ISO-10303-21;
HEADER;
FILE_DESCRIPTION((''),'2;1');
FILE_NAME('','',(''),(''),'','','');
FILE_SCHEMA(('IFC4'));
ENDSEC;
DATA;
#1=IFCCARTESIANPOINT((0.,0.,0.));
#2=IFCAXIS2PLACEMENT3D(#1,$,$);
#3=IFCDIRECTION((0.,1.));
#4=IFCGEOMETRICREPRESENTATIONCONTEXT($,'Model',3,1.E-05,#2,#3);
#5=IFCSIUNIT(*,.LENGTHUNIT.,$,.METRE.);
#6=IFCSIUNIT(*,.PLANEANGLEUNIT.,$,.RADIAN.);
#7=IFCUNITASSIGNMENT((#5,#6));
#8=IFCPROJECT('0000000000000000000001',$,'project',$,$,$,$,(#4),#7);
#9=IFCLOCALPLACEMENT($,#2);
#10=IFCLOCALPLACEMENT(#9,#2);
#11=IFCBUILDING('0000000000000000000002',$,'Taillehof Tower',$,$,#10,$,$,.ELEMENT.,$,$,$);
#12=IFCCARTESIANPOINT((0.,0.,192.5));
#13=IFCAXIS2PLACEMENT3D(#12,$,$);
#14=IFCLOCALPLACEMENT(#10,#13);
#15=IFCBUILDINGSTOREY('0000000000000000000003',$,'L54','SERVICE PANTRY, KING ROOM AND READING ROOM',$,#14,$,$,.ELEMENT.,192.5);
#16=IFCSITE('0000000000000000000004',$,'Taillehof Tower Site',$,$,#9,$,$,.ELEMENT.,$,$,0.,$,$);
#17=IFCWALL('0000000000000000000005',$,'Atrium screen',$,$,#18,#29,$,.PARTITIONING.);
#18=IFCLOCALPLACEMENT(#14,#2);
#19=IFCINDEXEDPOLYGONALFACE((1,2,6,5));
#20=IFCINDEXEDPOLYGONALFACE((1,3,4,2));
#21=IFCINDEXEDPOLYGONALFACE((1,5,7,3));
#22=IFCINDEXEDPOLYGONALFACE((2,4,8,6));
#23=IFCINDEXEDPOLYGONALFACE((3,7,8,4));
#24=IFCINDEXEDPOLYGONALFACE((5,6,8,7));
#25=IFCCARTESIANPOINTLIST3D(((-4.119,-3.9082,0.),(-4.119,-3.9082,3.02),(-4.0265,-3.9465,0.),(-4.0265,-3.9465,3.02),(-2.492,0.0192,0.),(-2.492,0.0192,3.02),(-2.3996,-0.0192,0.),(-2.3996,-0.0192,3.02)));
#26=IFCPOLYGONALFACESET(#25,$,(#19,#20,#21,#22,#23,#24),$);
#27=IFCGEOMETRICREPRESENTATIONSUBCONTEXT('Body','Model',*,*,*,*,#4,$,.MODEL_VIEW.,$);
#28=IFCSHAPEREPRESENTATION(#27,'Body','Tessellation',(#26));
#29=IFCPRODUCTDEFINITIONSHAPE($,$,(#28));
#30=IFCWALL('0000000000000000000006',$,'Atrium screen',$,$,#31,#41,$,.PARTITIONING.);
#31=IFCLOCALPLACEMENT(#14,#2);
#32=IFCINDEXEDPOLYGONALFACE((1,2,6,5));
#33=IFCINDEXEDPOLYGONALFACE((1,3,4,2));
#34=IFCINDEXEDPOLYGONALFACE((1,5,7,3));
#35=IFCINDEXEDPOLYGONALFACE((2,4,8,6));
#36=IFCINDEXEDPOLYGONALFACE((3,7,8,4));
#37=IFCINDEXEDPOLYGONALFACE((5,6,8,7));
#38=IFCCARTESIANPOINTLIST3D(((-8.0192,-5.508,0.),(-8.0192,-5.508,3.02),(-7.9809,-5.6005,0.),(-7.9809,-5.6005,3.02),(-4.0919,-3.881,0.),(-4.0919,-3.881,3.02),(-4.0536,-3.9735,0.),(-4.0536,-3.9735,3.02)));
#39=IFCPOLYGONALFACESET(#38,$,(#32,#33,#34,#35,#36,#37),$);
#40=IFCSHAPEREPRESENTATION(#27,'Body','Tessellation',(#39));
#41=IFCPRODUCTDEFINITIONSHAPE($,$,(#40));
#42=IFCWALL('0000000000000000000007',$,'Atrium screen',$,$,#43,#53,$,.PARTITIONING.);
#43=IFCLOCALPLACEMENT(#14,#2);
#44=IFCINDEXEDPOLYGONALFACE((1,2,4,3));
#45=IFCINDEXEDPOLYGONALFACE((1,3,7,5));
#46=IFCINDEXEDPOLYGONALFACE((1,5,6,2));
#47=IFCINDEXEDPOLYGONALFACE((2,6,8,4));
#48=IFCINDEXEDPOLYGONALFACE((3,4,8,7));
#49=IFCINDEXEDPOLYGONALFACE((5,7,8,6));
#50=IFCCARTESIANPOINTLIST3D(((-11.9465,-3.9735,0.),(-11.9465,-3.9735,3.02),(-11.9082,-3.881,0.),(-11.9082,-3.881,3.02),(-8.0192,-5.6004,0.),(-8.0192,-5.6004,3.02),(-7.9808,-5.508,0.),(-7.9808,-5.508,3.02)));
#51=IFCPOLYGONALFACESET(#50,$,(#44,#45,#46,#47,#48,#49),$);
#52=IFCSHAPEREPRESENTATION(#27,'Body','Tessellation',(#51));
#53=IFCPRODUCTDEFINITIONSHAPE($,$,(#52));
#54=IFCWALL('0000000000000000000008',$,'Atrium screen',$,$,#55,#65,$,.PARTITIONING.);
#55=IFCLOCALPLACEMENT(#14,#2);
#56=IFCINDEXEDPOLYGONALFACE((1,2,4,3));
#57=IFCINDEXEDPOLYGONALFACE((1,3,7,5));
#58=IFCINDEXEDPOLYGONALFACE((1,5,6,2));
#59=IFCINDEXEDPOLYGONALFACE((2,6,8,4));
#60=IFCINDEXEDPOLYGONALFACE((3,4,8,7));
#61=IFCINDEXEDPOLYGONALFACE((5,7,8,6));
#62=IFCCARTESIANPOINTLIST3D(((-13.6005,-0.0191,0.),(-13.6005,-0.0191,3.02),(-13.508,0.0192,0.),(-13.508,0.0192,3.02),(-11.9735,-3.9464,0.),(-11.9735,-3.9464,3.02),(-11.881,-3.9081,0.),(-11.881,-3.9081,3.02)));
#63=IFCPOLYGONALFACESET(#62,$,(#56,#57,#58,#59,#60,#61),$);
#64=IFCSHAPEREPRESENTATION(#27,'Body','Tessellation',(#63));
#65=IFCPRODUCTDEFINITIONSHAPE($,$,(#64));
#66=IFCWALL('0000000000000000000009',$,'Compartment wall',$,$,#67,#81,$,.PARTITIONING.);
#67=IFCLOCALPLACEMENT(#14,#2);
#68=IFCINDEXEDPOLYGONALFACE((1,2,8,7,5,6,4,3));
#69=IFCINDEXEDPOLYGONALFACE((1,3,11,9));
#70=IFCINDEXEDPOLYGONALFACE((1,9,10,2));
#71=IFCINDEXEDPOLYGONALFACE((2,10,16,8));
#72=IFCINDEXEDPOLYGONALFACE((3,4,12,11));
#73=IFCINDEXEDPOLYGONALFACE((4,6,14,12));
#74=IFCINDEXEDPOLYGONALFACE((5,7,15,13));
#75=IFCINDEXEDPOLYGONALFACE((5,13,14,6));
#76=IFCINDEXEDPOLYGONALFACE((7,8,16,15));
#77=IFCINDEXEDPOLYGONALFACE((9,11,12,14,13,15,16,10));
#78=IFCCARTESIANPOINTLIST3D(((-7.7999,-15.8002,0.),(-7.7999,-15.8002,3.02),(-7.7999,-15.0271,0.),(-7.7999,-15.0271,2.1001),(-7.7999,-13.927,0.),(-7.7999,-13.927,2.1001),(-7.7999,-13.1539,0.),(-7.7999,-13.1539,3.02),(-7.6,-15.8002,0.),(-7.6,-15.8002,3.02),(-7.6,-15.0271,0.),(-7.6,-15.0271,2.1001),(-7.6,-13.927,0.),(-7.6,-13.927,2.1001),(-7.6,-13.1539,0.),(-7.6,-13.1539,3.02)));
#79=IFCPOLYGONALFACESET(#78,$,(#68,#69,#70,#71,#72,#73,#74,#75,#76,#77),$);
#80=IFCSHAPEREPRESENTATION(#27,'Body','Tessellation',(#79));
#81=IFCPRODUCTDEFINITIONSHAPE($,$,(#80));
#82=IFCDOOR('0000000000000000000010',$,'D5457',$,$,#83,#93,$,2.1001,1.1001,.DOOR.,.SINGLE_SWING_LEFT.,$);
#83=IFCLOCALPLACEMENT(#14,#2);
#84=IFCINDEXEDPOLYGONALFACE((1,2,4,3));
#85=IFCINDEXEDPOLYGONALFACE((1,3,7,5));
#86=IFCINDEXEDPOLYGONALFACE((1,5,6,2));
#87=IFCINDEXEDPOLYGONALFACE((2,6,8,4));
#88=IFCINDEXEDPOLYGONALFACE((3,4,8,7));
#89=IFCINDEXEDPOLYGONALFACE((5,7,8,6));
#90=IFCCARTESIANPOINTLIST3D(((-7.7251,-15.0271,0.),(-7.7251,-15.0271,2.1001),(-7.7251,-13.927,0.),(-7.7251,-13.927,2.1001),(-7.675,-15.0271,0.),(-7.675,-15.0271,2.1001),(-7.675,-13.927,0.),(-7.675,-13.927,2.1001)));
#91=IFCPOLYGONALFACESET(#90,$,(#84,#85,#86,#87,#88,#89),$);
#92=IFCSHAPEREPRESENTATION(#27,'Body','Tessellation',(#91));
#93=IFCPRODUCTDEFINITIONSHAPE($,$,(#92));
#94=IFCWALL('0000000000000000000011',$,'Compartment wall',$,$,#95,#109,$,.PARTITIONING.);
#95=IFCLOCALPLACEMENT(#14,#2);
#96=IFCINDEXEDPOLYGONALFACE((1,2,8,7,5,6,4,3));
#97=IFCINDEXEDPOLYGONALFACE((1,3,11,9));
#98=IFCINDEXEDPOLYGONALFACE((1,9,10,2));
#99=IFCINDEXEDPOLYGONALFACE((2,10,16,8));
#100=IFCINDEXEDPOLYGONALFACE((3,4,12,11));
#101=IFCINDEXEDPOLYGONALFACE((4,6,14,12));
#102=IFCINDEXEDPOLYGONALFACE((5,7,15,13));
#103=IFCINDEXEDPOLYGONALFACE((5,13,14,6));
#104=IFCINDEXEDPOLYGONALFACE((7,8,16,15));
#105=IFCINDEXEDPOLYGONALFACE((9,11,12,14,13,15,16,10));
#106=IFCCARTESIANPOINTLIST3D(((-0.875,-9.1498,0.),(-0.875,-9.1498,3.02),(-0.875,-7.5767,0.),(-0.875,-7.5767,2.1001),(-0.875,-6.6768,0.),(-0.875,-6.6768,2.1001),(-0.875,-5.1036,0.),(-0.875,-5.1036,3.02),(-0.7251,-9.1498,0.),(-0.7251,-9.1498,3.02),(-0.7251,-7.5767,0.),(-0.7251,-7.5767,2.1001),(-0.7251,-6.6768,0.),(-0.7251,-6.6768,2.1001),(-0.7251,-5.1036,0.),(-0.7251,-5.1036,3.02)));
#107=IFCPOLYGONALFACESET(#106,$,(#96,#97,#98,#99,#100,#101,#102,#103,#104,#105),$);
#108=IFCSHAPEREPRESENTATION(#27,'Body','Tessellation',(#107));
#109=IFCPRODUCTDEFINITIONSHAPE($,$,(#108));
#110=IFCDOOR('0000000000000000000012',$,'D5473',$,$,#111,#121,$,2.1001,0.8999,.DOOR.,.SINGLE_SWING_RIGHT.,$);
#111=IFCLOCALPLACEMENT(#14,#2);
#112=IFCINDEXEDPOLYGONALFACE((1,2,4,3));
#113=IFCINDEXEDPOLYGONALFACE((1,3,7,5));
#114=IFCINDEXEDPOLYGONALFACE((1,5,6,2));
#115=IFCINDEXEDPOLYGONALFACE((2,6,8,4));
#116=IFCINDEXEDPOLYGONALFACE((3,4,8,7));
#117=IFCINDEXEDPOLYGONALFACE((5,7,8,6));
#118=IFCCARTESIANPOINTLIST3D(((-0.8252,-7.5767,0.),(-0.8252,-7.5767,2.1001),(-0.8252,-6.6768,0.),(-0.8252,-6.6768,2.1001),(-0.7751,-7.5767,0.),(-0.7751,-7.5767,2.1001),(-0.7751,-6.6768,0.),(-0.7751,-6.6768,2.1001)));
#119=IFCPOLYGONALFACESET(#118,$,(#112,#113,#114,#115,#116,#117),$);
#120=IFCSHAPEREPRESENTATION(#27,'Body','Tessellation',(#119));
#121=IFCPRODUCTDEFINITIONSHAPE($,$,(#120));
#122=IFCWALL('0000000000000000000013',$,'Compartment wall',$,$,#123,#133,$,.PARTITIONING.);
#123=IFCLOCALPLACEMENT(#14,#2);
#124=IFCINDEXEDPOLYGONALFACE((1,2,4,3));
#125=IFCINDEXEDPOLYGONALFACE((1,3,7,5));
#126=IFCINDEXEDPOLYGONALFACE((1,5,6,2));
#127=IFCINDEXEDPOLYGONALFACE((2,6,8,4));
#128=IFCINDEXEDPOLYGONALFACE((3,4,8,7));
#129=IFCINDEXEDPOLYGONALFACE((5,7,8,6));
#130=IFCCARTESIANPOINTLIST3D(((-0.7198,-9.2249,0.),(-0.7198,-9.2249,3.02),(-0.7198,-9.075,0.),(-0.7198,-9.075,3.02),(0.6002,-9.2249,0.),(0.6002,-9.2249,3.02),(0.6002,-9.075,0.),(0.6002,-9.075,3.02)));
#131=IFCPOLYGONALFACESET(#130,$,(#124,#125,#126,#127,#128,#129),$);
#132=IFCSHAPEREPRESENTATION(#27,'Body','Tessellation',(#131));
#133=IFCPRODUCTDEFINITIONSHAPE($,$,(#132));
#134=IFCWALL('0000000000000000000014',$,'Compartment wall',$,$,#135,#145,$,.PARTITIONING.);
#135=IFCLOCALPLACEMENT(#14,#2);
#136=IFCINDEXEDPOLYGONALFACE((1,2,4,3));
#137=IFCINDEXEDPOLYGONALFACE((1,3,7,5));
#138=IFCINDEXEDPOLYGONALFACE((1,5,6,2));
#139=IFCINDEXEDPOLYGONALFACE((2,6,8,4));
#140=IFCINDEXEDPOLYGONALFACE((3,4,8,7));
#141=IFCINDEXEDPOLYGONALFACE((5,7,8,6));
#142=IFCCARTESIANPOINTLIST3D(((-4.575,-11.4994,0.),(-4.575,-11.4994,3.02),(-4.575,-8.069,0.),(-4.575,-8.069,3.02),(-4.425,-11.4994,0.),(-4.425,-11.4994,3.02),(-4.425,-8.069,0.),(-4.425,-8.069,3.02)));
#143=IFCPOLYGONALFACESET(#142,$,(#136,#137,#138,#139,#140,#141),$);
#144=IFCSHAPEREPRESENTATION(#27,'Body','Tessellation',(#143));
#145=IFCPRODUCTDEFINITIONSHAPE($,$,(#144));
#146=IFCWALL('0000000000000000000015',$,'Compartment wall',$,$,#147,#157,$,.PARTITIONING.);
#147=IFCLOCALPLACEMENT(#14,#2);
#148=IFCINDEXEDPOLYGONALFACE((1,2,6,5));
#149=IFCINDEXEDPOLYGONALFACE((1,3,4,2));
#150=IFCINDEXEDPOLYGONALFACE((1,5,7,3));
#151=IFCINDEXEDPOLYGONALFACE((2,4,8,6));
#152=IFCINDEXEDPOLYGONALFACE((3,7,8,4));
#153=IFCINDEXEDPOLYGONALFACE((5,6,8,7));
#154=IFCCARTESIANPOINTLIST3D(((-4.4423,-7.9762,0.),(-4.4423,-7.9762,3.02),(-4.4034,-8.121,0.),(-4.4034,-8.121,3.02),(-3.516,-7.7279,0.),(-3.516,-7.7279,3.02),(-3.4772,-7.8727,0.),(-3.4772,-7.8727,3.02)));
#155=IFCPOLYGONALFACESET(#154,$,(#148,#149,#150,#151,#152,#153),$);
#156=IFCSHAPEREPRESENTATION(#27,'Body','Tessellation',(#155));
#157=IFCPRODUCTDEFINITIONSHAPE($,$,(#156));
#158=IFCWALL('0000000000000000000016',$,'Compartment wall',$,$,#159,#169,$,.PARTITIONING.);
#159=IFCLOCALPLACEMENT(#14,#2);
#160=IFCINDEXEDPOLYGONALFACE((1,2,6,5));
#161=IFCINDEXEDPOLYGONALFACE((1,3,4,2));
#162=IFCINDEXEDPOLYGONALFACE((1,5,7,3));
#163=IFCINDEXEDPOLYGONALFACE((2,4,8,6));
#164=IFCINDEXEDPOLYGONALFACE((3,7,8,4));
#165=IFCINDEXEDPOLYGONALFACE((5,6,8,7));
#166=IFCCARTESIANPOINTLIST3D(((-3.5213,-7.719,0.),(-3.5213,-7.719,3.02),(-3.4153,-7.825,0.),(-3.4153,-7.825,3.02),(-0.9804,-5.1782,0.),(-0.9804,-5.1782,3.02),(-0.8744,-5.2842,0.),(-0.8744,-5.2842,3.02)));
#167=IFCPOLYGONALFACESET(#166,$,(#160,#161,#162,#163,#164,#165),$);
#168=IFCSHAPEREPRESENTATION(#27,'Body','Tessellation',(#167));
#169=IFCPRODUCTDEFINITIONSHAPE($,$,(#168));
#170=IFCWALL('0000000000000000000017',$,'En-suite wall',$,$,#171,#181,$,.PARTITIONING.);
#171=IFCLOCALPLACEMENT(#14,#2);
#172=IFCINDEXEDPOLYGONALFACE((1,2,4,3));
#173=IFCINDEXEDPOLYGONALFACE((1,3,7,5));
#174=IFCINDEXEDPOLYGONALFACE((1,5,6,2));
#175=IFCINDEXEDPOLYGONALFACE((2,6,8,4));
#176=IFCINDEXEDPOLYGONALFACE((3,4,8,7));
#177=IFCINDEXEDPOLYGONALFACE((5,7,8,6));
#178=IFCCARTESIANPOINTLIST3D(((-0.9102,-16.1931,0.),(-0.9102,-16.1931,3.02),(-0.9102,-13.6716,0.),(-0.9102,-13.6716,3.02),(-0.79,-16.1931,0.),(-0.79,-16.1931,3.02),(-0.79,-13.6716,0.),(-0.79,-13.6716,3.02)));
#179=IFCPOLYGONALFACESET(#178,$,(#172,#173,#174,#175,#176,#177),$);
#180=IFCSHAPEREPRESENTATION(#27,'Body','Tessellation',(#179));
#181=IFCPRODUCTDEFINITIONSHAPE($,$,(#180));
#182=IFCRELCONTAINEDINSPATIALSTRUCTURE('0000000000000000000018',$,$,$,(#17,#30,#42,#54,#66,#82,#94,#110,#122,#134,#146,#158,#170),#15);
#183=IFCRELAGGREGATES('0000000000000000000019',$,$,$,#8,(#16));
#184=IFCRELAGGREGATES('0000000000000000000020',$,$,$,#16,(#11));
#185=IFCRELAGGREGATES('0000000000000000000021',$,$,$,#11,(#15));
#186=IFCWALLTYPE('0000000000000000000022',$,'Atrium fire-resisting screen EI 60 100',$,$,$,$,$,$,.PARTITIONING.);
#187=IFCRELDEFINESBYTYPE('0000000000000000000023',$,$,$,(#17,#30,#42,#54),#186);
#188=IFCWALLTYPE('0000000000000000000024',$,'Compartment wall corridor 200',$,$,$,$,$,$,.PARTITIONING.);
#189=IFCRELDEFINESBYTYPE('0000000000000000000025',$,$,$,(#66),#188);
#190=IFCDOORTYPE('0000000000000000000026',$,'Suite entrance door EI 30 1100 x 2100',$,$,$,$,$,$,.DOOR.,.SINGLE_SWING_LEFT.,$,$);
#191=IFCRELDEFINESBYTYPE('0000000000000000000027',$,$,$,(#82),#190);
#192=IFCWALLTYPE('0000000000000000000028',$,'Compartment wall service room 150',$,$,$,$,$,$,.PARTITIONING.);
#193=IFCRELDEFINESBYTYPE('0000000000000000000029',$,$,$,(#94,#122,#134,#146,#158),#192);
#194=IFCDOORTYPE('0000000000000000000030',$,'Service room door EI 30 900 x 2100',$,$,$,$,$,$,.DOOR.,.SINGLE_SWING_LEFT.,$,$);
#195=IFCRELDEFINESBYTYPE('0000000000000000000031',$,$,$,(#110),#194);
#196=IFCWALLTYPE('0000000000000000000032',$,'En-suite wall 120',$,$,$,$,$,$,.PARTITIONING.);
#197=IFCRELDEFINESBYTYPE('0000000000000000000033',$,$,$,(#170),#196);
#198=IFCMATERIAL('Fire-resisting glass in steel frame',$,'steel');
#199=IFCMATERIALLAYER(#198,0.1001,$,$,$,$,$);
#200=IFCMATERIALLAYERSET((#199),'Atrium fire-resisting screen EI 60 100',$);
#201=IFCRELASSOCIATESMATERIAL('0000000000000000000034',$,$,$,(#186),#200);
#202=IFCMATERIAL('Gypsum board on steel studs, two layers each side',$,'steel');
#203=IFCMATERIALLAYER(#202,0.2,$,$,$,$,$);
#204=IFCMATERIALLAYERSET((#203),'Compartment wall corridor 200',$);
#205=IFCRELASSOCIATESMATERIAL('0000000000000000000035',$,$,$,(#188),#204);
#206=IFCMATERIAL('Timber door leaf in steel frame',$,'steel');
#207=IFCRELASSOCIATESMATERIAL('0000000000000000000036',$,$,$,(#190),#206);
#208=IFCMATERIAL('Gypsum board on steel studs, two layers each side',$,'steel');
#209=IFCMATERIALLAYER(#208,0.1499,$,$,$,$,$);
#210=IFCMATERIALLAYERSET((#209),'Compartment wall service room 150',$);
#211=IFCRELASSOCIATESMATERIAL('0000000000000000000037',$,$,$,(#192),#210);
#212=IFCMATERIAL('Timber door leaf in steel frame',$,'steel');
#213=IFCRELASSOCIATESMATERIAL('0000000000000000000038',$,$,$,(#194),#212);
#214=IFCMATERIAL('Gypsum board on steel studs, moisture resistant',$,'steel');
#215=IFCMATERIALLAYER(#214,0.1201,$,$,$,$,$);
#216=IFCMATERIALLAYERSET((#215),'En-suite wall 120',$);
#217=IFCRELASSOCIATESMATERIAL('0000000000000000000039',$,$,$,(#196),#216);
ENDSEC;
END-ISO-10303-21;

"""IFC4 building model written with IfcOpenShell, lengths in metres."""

from ifc_helpers import new_model, si_unit, direction, frame, frame_2d, origin, place, context, subcontext, project, spatial, rectangle, extrude, material, layer, layer_set, type_object, element, fill, save


model = new_model("IFC4")

# Units and contexts
model_context = context("Model", 3, precision=1e-05, world=origin(), true_north=direction((0.0, 1.0)))
body_context = subcontext(model_context, "Body", "Model", "MODEL_VIEW")
ifc_project = project(units=[si_unit("LENGTHUNIT", "METRE"), si_unit("PLANEANGLEUNIT", "RADIAN")], contexts=[model_context])

# Site, building, storey
site_placement = place(None, origin())
site = spatial("IfcSite", under=ifc_project, at=site_placement, Name="Taillehof Tower Site", CompositionType="ELEMENT", RefElevation=0.0)
building_placement = place(site_placement, origin())
building = spatial("IfcBuilding", under=site, at=building_placement, Name="Taillehof Tower", CompositionType="ELEMENT")
storey_placement = place(building_placement, frame((0.0, 0.0, 192.5)))
storey = spatial("IfcBuildingStorey", under=building, at=storey_placement, Name="L54", Description="SERVICE PANTRY, KING ROOM AND READING ROOM", CompositionType="ELEMENT", Elevation=192.5)

# Walls
ifc_material_1 = material(Name="Fire-resisting glass in steel frame", Category="steel")
ifc_layer_1 = layer(ifc_material_1, 0.1001)
ifc_layer_set_1 = layer_set([ifc_layer_1], Name="Atrium fire-resisting screen EI 60 100")
wall_type_1 = type_object("IfcWallType", Name="Atrium fire-resisting screen EI 60 100", PredefinedType="PARTITIONING", material=ifc_layer_set_1)
for number, where, z_axis, x_axis, name in (
    (1, (-2.4458, 0.0, 0.0), (0.0, 0.0, 1.0), (-0.382731, -0.92386, 0.0), "Atrium screen"),
    (2, (-4.0728, -3.9272, 0.0), (0.0, 0.0, 1.0), (-0.92386, -0.382731, 0.0), "Atrium screen"),
    (3, (-8.0, -5.5542, 0.0), (0.0, 0.0, 1.0), (-0.92386, 0.382731, 0.0), "Atrium screen"),
    (4, (-11.9272, -3.9272, 0.0), (0.0, 0.0, 1.0), (-0.382731, 0.92386, 0.0), "Atrium screen"),
):
    element("IfcWall", number, at=place(storey_placement, frame(where, z_axis=z_axis, x_axis=x_axis)), inside=storey, type_object=wall_type_1, Name=name, PredefinedType="PARTITIONING", context=body_context, shape_type="SweptSolid", body=[
        extrude(rectangle(XDim=4.251, YDim=0.1001, at=frame_2d((2.1255, 0.0))), origin(), (0.0, 0.0, 1.0), 3.02),
    ])

# Walls, openings, doors
ifc_material_2 = material(Name="Gypsum board on steel studs, two layers each side", Category="steel")
ifc_layer_2 = layer(ifc_material_2, 0.2)
ifc_layer_set_2 = layer_set([ifc_layer_2], Name="Compartment wall corridor 200")
wall_type_2 = type_object("IfcWallType", Name="Compartment wall corridor 200", PredefinedType="PARTITIONING", material=ifc_layer_set_2)
wall_1_placement = place(storey_placement, frame((-7.7, -13.1538, 0.0), z_axis=(0.0, 0.0, 1.0), x_axis=(0.0, -1.0, 0.0)))
wall_1 = element("IfcWall", 5, at=wall_1_placement, inside=storey, type_object=wall_type_2, Name="Compartment wall", PredefinedType="PARTITIONING", context=body_context, shape_type="SweptSolid", body=[
    extrude(rectangle(XDim=2.6462, YDim=0.2, at=frame_2d((1.3232, 0.0))), origin(), (0.0, 0.0, 1.0), 3.02),
])
opening_1_placement = place(wall_1_placement, frame((0.7732, 0.0, 0.0)))
opening_1 = element("IfcOpeningElement", 6, at=opening_1_placement, cuts=wall_1, PredefinedType="OPENING", context=body_context, shape_type="SweptSolid", body=[
    extrude(rectangle(XDim=1.1001, YDim=2.1001, at=frame_2d((0.55, 1.05))), frame((0.0, 0.1099, 0.0), z_axis=(0.0, -1.0, 0.0), x_axis=(1.0, 0.0, 0.0)), (0.0, 0.0, 1.0), 0.22),
])
ifc_material_3 = material(Name="Timber door leaf in steel frame", Category="steel")
door_type_1 = type_object("IfcDoorType", Name="Suite entrance door EI 30 1100 x 2100", OperationType="SINGLE_SWING_LEFT", PredefinedType="DOOR", material=ifc_material_3)
door_1_placement = place(opening_1_placement, origin())
door_1 = element("IfcDoor", 7, at=door_1_placement, inside=storey, type_object=door_type_1, Name="D5457", OperationType="SINGLE_SWING_LEFT", OverallHeight=2.1001, OverallWidth=1.1001, PredefinedType="DOOR", context=body_context, shape_type="SweptSolid", body=[
    extrude(rectangle(XDim=1.1001, YDim=2.1001, at=frame_2d((0.55, 1.05))), frame((0.0, 0.0249, 0.0), z_axis=(0.0, -1.0, 0.0), x_axis=(1.0, 0.0, 0.0)), (0.0, 0.0, 1.0), 0.05),
])
fill(opening_1, door_1)
ifc_material_4 = material(Name="Gypsum board on steel studs, two layers each side", Category="steel")
ifc_layer_3 = layer(ifc_material_4, 0.1499)
ifc_layer_set_3 = layer_set([ifc_layer_3], Name="Compartment wall service room 150")
wall_type_3 = type_object("IfcWallType", Name="Compartment wall service room 150", PredefinedType="PARTITIONING", material=ifc_layer_set_3)
wall_2_placement = place(storey_placement, frame((-0.8, -5.1038, 0.0), z_axis=(0.0, 0.0, 1.0), x_axis=(0.0, -1.0, 0.0)))
wall_2 = element("IfcWall", 8, at=wall_2_placement, inside=storey, type_object=wall_type_3, Name="Compartment wall", PredefinedType="PARTITIONING", context=body_context, shape_type="SweptSolid", body=[
    extrude(rectangle(XDim=4.0461, YDim=0.1499, at=frame_2d((2.0229, 0.0))), origin(), (0.0, 0.0, 1.0), 3.02),
])
opening_2_placement = place(wall_2_placement, frame((1.573, 0.0, 0.0)))
opening_2 = element("IfcOpeningElement", 9, at=opening_2_placement, cuts=wall_2, PredefinedType="OPENING", context=body_context, shape_type="SweptSolid", body=[
    extrude(rectangle(XDim=0.8999, YDim=2.1001, at=frame_2d((0.45, 1.05))), frame((0.0, 0.085, 0.0), z_axis=(0.0, -1.0, 0.0), x_axis=(1.0, 0.0, 0.0)), (0.0, 0.0, 1.0), 0.1699),
])
ifc_material_5 = material(Name="Timber door leaf in steel frame", Category="steel")
door_type_2 = type_object("IfcDoorType", Name="Service room door EI 30 900 x 2100", OperationType="SINGLE_SWING_LEFT", PredefinedType="DOOR", material=ifc_material_5)
door_2_placement = place(opening_2_placement, origin())
door_2 = element("IfcDoor", 10, at=door_2_placement, inside=storey, type_object=door_type_2, Name="D5473", OperationType="SINGLE_SWING_RIGHT", OverallHeight=2.1001, OverallWidth=0.8999, PredefinedType="DOOR", context=body_context, shape_type="SweptSolid", body=[
    extrude(rectangle(XDim=0.8999, YDim=2.1001, at=frame_2d((0.45, 1.05))), frame((0.0, 0.0249, 0.0), z_axis=(0.0, -1.0, 0.0), x_axis=(1.0, 0.0, 0.0)), (0.0, 0.0, 1.0), 0.05),
])
fill(opening_2, door_2)

# Walls
wall_3_placement = place(storey_placement, frame((-0.72, -9.1499, 0.0), z_axis=(0.0, 0.0, 1.0), x_axis=(1.0, 0.0, 0.0)))
element("IfcWall", 11, at=wall_3_placement, inside=storey, type_object=wall_type_3, Name="Compartment wall", PredefinedType="PARTITIONING", context=body_context, shape_type="SweptSolid", body=[
    extrude(rectangle(XDim=1.3201, YDim=0.1499, at=frame_2d((0.6602, 0.0))), origin(), (0.0, 0.0, 1.0), 3.02),
])
wall_4_placement = place(storey_placement, frame((-4.5, -11.4995, 0.0), z_axis=(0.0, 0.0, 1.0), x_axis=(0.0, 1.0, 0.0)))
element("IfcWall", 12, at=wall_4_placement, inside=storey, type_object=wall_type_3, Name="Compartment wall", PredefinedType="PARTITIONING", context=body_context, shape_type="SweptSolid", body=[
    extrude(rectangle(XDim=3.4304, YDim=0.1499, at=frame_2d((1.7153, 0.0))), origin(), (0.0, 0.0, 1.0), 3.02),
])
wall_5_placement = place(storey_placement, frame((-4.4229, -8.0486, 0.0), z_axis=(0.0, 0.0, 1.0), x_axis=(0.9659, 0.258914, 0.0)))
element("IfcWall", 13, at=wall_5_placement, inside=storey, type_object=wall_type_3, Name="Compartment wall", PredefinedType="PARTITIONING", context=body_context, shape_type="SweptSolid", body=[
    extrude(rectangle(XDim=0.959, YDim=0.1499, at=frame_2d((0.4795, 0.0))), origin(), (0.0, 0.0, 1.0), 3.02),
])
wall_6_placement = place(storey_placement, frame((-3.4683, -7.772, 0.0), z_axis=(0.0, 0.0, 1.0), x_axis=(0.707107, 0.707107, 0.0)))
element("IfcWall", 14, at=wall_6_placement, inside=storey, type_object=wall_type_3, Name="Compartment wall", PredefinedType="PARTITIONING", context=body_context, shape_type="SweptSolid", body=[
    extrude(rectangle(XDim=3.5933, YDim=0.1499, at=frame_2d((1.7966, 0.0))), origin(), (0.0, 0.0, 1.0), 3.02),
])
ifc_material_6 = material(Name="Gypsum board on steel studs, moisture resistant", Category="steel")
ifc_layer_4 = layer(ifc_material_6, 0.1201)
ifc_layer_set_4 = layer_set([ifc_layer_4], Name="En-suite wall 120")
wall_type_4 = type_object("IfcWallType", Name="En-suite wall 120", PredefinedType="PARTITIONING", material=ifc_layer_set_4)
wall_7_placement = place(storey_placement, frame((-0.8501, -13.6716, 0.0), z_axis=(0.0, 0.0, 1.0), x_axis=(0.0, -1.0, 0.0)))
element("IfcWall", 15, at=wall_7_placement, inside=storey, type_object=wall_type_4, Name="En-suite wall", PredefinedType="PARTITIONING", context=body_context, shape_type="SweptSolid", body=[
    extrude(rectangle(XDim=2.5215, YDim=0.1201, at=frame_2d((1.2607, 0.0))), origin(), (0.0, 0.0, 1.0), 3.02),
])

save(model, "model.ifc")
